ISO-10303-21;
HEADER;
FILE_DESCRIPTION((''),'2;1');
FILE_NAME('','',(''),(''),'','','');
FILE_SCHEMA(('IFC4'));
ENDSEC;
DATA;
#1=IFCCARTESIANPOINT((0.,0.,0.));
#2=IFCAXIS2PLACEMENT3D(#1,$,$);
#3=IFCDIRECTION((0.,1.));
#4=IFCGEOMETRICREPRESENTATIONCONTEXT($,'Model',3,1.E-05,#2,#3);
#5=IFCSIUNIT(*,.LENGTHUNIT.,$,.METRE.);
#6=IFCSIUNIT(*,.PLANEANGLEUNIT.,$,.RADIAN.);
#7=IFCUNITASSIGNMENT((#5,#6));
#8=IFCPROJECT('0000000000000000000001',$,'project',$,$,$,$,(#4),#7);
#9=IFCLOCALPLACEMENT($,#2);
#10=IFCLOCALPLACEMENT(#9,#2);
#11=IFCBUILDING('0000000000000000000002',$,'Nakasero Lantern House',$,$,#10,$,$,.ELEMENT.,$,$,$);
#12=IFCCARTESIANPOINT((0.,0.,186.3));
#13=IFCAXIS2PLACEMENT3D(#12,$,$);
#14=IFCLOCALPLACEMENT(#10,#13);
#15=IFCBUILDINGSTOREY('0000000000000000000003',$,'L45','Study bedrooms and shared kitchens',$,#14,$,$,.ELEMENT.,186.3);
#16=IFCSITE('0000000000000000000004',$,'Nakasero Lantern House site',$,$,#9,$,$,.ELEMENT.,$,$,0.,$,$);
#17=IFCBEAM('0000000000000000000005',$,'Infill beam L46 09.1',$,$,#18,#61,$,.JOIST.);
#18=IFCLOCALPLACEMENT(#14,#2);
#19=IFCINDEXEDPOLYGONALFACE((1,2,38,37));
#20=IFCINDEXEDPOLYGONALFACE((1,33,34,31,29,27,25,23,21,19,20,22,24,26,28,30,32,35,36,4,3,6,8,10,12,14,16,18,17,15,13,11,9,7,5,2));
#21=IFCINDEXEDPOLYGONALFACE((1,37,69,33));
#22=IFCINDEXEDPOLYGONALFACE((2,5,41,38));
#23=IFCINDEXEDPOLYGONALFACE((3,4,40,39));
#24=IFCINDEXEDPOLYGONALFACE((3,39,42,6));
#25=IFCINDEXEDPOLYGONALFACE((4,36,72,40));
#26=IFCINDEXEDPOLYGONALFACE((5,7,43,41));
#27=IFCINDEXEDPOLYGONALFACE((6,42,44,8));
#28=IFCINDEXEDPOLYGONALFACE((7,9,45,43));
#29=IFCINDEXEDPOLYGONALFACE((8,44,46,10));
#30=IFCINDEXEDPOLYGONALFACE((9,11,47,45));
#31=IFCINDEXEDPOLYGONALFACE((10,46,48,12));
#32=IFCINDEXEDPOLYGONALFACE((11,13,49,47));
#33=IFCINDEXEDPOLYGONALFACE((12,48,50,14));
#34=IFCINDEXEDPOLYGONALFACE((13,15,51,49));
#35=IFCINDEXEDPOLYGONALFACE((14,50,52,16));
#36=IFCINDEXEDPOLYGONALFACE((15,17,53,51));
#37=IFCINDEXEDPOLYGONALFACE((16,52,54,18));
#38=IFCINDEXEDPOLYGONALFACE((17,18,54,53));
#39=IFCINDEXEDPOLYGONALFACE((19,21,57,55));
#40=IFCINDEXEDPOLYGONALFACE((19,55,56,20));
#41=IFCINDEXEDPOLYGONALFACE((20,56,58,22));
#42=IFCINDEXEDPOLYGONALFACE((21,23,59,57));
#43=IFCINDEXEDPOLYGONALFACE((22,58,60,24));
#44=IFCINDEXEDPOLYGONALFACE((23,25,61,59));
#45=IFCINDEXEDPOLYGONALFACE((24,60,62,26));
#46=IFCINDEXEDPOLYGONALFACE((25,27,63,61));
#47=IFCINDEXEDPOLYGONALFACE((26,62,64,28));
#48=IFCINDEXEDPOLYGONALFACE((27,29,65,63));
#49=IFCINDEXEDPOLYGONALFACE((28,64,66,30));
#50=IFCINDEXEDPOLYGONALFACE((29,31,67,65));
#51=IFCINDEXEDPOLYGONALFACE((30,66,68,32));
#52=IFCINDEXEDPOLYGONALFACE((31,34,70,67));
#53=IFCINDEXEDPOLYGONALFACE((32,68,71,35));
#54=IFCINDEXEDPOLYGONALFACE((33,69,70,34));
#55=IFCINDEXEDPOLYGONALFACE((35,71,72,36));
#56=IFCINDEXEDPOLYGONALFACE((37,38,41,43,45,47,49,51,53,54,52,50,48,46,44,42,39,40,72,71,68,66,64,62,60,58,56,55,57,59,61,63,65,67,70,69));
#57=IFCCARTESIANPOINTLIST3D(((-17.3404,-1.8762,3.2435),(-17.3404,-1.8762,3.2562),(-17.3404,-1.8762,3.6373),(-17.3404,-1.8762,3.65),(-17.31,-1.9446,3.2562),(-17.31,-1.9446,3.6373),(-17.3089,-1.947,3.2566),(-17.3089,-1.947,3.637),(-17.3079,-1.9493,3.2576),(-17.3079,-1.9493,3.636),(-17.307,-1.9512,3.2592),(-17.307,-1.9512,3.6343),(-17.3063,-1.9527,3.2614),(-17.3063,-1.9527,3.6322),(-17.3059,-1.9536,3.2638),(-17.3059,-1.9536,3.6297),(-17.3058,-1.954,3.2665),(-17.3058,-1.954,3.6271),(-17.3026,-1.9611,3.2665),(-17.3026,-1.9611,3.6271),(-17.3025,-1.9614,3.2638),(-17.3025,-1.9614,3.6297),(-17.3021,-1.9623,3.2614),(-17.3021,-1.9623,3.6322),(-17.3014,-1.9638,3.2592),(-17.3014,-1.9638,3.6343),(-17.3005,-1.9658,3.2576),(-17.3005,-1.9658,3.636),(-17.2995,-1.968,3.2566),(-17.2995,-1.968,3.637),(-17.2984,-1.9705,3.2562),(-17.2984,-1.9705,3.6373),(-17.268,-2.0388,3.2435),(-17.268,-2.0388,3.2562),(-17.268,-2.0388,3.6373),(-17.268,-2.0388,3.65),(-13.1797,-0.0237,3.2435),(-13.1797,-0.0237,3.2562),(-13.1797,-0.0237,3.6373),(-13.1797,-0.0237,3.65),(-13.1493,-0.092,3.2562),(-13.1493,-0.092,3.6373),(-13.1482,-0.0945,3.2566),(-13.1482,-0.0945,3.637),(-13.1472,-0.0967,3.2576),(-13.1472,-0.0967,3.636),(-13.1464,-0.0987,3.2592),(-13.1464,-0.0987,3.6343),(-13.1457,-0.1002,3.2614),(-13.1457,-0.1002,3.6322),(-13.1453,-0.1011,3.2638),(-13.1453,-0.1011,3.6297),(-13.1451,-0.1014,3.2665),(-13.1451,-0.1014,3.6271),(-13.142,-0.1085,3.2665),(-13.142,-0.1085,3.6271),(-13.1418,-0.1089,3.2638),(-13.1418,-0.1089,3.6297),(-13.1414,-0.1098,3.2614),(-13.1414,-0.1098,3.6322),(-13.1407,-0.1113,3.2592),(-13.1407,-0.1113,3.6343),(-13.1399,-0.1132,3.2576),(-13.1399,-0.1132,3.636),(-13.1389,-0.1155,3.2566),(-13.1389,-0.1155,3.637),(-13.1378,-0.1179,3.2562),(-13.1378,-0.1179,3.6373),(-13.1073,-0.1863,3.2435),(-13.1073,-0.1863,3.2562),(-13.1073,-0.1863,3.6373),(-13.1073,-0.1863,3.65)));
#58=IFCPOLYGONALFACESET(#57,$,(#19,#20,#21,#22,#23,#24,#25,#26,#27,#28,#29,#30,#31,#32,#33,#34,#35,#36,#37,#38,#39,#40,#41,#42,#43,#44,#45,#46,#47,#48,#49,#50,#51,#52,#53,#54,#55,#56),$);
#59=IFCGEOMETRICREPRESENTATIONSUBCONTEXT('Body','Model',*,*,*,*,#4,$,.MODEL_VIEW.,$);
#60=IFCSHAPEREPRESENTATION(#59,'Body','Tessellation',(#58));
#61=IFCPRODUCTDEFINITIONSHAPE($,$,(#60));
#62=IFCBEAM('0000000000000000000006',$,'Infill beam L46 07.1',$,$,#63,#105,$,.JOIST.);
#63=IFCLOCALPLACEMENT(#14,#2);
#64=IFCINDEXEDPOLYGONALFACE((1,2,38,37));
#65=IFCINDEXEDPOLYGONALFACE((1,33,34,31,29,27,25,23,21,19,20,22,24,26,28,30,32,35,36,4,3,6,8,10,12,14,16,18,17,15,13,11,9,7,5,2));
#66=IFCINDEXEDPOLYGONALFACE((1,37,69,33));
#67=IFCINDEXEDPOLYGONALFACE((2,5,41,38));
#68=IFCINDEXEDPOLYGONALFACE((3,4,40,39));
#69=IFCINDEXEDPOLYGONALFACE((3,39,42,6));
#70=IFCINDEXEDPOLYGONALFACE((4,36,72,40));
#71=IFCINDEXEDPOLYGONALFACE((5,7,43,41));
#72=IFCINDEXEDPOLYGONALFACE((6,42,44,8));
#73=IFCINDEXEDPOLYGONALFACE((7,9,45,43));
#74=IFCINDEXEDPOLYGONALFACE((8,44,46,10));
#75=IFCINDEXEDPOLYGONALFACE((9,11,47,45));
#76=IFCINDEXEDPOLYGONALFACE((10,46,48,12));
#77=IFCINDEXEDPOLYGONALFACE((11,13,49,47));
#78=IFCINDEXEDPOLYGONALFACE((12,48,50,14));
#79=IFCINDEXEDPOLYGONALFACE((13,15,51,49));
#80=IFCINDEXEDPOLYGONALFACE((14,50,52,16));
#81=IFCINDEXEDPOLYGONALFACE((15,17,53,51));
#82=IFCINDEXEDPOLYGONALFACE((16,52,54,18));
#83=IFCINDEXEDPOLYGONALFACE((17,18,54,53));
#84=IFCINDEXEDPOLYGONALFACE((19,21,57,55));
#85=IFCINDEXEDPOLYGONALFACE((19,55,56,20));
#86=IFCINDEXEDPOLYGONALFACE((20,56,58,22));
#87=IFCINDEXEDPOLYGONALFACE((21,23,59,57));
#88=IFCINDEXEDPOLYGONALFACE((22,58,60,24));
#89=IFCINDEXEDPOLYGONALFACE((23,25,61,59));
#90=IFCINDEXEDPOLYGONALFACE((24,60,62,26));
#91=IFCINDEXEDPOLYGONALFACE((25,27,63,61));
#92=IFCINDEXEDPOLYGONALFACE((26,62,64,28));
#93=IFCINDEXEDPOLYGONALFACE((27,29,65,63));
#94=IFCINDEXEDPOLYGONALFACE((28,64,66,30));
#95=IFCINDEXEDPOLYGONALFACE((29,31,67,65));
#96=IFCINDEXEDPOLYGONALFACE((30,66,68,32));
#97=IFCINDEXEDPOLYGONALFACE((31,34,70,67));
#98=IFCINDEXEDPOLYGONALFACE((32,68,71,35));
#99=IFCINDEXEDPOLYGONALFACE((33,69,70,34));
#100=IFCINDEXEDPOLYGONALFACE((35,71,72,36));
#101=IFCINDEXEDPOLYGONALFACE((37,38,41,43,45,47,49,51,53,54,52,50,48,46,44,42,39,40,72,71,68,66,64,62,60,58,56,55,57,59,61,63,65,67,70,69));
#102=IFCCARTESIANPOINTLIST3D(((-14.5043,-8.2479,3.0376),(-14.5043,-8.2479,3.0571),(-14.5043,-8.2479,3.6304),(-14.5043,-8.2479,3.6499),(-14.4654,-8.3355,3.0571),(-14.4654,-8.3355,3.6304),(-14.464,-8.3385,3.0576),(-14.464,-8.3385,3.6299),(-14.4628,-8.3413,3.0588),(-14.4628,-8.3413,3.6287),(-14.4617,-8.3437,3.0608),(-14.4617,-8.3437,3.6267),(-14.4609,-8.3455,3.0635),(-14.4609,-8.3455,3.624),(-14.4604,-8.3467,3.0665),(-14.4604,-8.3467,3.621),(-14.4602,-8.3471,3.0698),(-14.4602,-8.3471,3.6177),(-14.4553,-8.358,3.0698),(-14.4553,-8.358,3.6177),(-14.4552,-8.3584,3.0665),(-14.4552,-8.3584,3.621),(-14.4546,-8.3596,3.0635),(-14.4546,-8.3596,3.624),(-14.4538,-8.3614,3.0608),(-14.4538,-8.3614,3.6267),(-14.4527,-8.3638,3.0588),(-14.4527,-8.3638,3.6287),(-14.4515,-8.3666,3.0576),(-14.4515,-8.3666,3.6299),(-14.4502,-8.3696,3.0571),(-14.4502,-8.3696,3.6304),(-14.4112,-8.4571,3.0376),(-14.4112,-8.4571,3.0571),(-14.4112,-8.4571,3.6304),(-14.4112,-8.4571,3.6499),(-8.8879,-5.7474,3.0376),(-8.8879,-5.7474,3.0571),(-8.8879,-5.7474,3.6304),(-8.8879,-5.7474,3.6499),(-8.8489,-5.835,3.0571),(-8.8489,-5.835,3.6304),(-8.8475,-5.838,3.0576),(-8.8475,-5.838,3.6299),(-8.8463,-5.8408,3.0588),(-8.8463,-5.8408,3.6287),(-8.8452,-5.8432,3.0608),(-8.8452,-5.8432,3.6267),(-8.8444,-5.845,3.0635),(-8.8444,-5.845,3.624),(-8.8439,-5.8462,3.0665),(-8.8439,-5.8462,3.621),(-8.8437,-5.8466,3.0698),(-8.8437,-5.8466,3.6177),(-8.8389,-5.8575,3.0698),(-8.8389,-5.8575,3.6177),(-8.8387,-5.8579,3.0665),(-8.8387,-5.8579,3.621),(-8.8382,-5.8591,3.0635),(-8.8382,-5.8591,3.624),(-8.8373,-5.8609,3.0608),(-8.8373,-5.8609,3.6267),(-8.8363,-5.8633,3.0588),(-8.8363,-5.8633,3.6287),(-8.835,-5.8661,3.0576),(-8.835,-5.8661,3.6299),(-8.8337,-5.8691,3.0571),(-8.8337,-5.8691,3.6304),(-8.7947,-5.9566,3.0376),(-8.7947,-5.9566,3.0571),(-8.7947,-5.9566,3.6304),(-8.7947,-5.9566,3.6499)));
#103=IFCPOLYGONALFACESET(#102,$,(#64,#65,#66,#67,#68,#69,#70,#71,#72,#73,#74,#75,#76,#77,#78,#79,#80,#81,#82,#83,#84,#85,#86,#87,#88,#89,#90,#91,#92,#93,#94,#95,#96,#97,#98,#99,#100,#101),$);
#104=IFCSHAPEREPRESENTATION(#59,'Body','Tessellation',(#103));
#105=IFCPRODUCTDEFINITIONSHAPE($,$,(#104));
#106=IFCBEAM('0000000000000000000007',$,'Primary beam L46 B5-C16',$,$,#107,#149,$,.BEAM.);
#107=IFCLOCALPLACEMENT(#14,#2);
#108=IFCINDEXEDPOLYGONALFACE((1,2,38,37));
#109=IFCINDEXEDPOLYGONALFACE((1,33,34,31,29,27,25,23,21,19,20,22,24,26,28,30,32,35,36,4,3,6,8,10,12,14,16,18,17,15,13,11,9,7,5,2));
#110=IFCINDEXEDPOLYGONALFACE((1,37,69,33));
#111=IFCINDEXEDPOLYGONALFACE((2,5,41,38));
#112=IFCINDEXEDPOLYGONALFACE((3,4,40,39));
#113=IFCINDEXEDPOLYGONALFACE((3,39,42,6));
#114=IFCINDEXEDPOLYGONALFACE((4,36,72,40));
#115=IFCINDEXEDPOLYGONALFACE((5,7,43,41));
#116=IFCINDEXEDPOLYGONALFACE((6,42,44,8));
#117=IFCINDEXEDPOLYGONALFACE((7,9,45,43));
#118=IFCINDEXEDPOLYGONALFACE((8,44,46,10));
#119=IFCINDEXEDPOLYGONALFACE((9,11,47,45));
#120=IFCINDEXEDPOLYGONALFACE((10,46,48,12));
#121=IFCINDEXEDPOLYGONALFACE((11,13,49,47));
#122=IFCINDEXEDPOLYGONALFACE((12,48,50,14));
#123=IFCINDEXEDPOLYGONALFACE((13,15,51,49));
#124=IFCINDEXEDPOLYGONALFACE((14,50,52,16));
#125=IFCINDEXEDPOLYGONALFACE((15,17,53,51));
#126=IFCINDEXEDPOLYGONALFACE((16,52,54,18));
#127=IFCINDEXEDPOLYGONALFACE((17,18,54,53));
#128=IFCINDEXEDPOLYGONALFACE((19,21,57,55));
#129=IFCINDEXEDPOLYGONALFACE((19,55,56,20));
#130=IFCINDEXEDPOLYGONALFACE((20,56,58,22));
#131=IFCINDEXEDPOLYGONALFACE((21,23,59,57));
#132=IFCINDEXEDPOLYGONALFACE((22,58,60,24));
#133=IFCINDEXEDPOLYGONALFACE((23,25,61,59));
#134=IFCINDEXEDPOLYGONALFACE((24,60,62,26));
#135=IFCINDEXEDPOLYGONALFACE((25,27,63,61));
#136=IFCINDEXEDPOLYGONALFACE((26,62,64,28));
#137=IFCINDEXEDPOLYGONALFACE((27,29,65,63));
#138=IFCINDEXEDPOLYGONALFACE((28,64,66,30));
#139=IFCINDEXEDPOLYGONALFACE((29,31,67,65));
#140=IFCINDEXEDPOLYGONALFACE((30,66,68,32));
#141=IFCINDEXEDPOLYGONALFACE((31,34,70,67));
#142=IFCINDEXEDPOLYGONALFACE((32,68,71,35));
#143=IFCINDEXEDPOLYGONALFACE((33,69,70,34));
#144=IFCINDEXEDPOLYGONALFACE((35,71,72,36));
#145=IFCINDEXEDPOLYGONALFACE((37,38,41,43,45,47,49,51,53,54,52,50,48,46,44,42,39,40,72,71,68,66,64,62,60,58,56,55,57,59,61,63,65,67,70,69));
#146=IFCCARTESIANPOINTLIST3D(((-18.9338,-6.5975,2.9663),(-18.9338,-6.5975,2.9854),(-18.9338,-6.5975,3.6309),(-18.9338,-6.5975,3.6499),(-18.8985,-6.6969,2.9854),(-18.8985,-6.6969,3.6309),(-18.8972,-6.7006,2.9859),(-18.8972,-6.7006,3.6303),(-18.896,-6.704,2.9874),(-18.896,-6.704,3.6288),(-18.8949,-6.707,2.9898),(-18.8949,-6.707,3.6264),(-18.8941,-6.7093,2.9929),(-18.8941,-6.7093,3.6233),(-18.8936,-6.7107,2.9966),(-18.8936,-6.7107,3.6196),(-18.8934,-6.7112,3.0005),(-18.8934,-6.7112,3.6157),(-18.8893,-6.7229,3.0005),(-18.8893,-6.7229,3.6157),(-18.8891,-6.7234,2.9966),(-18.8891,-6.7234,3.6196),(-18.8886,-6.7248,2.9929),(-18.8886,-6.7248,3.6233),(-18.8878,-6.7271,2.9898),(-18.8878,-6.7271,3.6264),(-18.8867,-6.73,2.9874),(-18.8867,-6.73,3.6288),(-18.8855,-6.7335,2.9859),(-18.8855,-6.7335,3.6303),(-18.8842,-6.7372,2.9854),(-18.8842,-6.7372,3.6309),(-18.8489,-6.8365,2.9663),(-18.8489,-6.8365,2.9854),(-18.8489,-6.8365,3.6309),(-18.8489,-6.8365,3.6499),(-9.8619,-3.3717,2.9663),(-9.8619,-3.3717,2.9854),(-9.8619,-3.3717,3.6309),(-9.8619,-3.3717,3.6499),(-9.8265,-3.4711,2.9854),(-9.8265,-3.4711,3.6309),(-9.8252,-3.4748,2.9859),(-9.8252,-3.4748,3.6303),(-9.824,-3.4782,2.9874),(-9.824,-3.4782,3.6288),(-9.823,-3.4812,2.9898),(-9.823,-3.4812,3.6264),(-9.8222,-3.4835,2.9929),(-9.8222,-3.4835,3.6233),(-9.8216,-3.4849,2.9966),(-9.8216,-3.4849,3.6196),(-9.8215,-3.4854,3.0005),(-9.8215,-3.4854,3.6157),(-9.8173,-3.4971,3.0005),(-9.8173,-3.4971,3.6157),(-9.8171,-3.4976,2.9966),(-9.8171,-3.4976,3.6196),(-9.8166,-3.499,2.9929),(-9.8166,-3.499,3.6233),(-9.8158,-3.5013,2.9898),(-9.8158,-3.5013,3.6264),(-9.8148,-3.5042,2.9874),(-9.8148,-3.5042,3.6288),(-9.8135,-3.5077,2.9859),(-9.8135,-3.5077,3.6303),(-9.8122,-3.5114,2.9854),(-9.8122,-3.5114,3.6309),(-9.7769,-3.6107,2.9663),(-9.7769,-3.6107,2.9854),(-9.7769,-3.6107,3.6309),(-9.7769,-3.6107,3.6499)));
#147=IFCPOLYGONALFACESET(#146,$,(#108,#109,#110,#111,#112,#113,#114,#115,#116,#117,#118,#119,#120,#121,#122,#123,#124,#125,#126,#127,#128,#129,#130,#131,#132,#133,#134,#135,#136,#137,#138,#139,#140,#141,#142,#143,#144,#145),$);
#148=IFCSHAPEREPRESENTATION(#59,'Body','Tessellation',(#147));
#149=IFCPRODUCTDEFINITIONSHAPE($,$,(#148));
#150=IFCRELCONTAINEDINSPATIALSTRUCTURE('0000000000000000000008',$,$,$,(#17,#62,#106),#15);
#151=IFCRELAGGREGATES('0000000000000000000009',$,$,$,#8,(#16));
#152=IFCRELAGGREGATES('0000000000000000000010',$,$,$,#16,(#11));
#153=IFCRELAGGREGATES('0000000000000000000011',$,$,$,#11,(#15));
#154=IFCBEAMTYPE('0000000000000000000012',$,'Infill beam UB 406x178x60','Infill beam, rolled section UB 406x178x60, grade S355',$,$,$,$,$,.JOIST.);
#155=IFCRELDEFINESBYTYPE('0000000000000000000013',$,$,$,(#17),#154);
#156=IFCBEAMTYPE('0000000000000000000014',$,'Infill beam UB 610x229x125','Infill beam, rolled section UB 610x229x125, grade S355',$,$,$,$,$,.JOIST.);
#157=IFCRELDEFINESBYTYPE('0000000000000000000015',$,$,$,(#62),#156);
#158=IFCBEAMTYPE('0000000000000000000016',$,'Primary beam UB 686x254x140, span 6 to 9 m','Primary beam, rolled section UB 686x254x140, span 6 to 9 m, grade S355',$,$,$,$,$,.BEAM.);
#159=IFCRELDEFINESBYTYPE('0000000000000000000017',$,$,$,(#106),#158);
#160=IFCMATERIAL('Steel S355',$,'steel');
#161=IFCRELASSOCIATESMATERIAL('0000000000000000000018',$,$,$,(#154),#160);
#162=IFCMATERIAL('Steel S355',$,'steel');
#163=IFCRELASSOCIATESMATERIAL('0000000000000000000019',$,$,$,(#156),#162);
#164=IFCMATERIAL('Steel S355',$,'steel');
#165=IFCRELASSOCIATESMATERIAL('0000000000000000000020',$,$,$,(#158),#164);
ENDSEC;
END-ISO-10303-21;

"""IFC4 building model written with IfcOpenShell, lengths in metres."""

from ifc_helpers import new_model, si_unit, direction, frame, origin, origin_2d, place, context, subcontext, project, spatial, i_section, extrude, material, material_profile, profile_set, type_object, element, save


model = new_model("IFC4")

# Units and contexts
model_context = context("Model", 3, precision=1e-05, world=origin(), true_north=direction((0.0, 1.0)))
body_context = subcontext(model_context, "Body", "Model", "MODEL_VIEW")
ifc_project = project(units=[si_unit("LENGTHUNIT", "METRE"), si_unit("PLANEANGLEUNIT", "RADIAN")], contexts=[model_context])

# Site, building, storey
site_placement = place(None, origin())
site = spatial("IfcSite", under=ifc_project, at=site_placement, Name="Nakasero Lantern House site", CompositionType="ELEMENT", RefElevation=0.0)
building_placement = place(site_placement, origin())
building = spatial("IfcBuilding", under=site, at=building_placement, Name="Nakasero Lantern House", CompositionType="ELEMENT")
storey_placement = place(building_placement, frame((0.0, 0.0, 186.3)))
storey = spatial("IfcBuildingStorey", under=building, at=storey_placement, Name="L45", Description="Study bedrooms and shared kitchens", CompositionType="ELEMENT", Elevation=186.3)

# Beams
ifc_material_1 = material(Name="Steel S355", Category="steel")
ifc_material_profile_1 = material_profile(ifc_material_1, i_section(OverallWidth=0.178, OverallDepth=0.4065, WebThickness=0.0078, FlangeThickness=0.0127, FilletRadius=0.0103, at=origin_2d()), Name="UB 406x178x60")
ifc_profile_set_1 = profile_set([ifc_material_profile_1], Name="Steel S355")
beam_type_1 = type_object("IfcBeamType", Name="Infill beam UB 406x178x60", Description="Infill beam, rolled section UB 406x178x60, grade S355", PredefinedType="JOIST", material=ifc_profile_set_1)
beam_1_placement = place(storey_placement, frame((-17.3042, -1.9575, 3.4468), z_axis=(0.913537, 0.406755, 0.0), x_axis=(-0.406755, 0.913537, 0.0)))
element("IfcBeam", 1, at=beam_1_placement, inside=storey, type_object=beam_type_1, Name="Infill beam L46 09.1", PredefinedType="JOIST", context=body_context, shape_type="SweptSolid", body=[
    extrude(i_section(OverallWidth=0.178, OverallDepth=0.4065, WebThickness=0.0078, FlangeThickness=0.0127, FilletRadius=0.0103, at=origin_2d()), origin(), (0.0, 0.0, 1.0), 4.5544),
])
ifc_material_2 = material(Name="Steel S355", Category="steel")
ifc_material_profile_2 = material_profile(ifc_material_2, i_section(OverallWidth=0.229, OverallDepth=0.6123, WebThickness=0.012, FlangeThickness=0.0195, FilletRadius=0.0127, at=origin_2d()), Name="UB 610x229x125")
ifc_profile_set_2 = profile_set([ifc_material_profile_2], Name="Steel S355")
beam_type_2 = type_object("IfcBeamType", Name="Infill beam UB 610x229x125", Description="Infill beam, rolled section UB 610x229x125, grade S355", PredefinedType="JOIST", material=ifc_profile_set_2)
beam_2_placement = place(storey_placement, frame((-14.4578, -8.3525, 3.3438), z_axis=(0.913553, 0.406721, 0.0), x_axis=(-0.406721, 0.913553, 0.0)))
element("IfcBeam", 2, at=beam_2_placement, inside=storey, type_object=beam_type_2, Name="Infill beam L46 07.1", PredefinedType="JOIST", context=body_context, shape_type="SweptSolid", body=[
    extrude(i_section(OverallWidth=0.229, OverallDepth=0.6123, WebThickness=0.012, FlangeThickness=0.0195, FilletRadius=0.0127, at=origin_2d()), origin(), (0.0, 0.0, 1.0), 6.1479),
])
ifc_material_3 = material(Name="Steel S355", Category="steel")
ifc_material_profile_3 = material_profile(ifc_material_3, i_section(OverallWidth=0.2537, OverallDepth=0.6836, WebThickness=0.0125, FlangeThickness=0.019, FilletRadius=0.0151, at=origin_2d()), Name="UB 686x254x140")
ifc_profile_set_3 = profile_set([ifc_material_profile_3], Name="Steel S355")
beam_type_3 = type_object("IfcBeamType", Name="Primary beam UB 686x254x140, span 6 to 9 m", Description="Primary beam, rolled section UB 686x254x140, span 6 to 9 m, grade S355", PredefinedType="BEAM", material=ifc_profile_set_3)
beam_3_placement = place(storey_placement, frame((-18.8914, -6.717, 3.3081), z_axis=(0.942207, 0.33503, 0.0), x_axis=(-0.33503, 0.942207, 0.0)))
element("IfcBeam", 3, at=beam_3_placement, inside=storey, type_object=beam_type_3, Name="Primary beam L46 B5-C16", PredefinedType="BEAM", context=body_context, shape_type="SweptSolid", body=[
    extrude(i_section(OverallWidth=0.2537, OverallDepth=0.6836, WebThickness=0.0125, FlangeThickness=0.019, FilletRadius=0.0151, at=origin_2d()), origin(), (0.0, 0.0, 1.0), 9.6284),
])

save(model, "model.ifc")
